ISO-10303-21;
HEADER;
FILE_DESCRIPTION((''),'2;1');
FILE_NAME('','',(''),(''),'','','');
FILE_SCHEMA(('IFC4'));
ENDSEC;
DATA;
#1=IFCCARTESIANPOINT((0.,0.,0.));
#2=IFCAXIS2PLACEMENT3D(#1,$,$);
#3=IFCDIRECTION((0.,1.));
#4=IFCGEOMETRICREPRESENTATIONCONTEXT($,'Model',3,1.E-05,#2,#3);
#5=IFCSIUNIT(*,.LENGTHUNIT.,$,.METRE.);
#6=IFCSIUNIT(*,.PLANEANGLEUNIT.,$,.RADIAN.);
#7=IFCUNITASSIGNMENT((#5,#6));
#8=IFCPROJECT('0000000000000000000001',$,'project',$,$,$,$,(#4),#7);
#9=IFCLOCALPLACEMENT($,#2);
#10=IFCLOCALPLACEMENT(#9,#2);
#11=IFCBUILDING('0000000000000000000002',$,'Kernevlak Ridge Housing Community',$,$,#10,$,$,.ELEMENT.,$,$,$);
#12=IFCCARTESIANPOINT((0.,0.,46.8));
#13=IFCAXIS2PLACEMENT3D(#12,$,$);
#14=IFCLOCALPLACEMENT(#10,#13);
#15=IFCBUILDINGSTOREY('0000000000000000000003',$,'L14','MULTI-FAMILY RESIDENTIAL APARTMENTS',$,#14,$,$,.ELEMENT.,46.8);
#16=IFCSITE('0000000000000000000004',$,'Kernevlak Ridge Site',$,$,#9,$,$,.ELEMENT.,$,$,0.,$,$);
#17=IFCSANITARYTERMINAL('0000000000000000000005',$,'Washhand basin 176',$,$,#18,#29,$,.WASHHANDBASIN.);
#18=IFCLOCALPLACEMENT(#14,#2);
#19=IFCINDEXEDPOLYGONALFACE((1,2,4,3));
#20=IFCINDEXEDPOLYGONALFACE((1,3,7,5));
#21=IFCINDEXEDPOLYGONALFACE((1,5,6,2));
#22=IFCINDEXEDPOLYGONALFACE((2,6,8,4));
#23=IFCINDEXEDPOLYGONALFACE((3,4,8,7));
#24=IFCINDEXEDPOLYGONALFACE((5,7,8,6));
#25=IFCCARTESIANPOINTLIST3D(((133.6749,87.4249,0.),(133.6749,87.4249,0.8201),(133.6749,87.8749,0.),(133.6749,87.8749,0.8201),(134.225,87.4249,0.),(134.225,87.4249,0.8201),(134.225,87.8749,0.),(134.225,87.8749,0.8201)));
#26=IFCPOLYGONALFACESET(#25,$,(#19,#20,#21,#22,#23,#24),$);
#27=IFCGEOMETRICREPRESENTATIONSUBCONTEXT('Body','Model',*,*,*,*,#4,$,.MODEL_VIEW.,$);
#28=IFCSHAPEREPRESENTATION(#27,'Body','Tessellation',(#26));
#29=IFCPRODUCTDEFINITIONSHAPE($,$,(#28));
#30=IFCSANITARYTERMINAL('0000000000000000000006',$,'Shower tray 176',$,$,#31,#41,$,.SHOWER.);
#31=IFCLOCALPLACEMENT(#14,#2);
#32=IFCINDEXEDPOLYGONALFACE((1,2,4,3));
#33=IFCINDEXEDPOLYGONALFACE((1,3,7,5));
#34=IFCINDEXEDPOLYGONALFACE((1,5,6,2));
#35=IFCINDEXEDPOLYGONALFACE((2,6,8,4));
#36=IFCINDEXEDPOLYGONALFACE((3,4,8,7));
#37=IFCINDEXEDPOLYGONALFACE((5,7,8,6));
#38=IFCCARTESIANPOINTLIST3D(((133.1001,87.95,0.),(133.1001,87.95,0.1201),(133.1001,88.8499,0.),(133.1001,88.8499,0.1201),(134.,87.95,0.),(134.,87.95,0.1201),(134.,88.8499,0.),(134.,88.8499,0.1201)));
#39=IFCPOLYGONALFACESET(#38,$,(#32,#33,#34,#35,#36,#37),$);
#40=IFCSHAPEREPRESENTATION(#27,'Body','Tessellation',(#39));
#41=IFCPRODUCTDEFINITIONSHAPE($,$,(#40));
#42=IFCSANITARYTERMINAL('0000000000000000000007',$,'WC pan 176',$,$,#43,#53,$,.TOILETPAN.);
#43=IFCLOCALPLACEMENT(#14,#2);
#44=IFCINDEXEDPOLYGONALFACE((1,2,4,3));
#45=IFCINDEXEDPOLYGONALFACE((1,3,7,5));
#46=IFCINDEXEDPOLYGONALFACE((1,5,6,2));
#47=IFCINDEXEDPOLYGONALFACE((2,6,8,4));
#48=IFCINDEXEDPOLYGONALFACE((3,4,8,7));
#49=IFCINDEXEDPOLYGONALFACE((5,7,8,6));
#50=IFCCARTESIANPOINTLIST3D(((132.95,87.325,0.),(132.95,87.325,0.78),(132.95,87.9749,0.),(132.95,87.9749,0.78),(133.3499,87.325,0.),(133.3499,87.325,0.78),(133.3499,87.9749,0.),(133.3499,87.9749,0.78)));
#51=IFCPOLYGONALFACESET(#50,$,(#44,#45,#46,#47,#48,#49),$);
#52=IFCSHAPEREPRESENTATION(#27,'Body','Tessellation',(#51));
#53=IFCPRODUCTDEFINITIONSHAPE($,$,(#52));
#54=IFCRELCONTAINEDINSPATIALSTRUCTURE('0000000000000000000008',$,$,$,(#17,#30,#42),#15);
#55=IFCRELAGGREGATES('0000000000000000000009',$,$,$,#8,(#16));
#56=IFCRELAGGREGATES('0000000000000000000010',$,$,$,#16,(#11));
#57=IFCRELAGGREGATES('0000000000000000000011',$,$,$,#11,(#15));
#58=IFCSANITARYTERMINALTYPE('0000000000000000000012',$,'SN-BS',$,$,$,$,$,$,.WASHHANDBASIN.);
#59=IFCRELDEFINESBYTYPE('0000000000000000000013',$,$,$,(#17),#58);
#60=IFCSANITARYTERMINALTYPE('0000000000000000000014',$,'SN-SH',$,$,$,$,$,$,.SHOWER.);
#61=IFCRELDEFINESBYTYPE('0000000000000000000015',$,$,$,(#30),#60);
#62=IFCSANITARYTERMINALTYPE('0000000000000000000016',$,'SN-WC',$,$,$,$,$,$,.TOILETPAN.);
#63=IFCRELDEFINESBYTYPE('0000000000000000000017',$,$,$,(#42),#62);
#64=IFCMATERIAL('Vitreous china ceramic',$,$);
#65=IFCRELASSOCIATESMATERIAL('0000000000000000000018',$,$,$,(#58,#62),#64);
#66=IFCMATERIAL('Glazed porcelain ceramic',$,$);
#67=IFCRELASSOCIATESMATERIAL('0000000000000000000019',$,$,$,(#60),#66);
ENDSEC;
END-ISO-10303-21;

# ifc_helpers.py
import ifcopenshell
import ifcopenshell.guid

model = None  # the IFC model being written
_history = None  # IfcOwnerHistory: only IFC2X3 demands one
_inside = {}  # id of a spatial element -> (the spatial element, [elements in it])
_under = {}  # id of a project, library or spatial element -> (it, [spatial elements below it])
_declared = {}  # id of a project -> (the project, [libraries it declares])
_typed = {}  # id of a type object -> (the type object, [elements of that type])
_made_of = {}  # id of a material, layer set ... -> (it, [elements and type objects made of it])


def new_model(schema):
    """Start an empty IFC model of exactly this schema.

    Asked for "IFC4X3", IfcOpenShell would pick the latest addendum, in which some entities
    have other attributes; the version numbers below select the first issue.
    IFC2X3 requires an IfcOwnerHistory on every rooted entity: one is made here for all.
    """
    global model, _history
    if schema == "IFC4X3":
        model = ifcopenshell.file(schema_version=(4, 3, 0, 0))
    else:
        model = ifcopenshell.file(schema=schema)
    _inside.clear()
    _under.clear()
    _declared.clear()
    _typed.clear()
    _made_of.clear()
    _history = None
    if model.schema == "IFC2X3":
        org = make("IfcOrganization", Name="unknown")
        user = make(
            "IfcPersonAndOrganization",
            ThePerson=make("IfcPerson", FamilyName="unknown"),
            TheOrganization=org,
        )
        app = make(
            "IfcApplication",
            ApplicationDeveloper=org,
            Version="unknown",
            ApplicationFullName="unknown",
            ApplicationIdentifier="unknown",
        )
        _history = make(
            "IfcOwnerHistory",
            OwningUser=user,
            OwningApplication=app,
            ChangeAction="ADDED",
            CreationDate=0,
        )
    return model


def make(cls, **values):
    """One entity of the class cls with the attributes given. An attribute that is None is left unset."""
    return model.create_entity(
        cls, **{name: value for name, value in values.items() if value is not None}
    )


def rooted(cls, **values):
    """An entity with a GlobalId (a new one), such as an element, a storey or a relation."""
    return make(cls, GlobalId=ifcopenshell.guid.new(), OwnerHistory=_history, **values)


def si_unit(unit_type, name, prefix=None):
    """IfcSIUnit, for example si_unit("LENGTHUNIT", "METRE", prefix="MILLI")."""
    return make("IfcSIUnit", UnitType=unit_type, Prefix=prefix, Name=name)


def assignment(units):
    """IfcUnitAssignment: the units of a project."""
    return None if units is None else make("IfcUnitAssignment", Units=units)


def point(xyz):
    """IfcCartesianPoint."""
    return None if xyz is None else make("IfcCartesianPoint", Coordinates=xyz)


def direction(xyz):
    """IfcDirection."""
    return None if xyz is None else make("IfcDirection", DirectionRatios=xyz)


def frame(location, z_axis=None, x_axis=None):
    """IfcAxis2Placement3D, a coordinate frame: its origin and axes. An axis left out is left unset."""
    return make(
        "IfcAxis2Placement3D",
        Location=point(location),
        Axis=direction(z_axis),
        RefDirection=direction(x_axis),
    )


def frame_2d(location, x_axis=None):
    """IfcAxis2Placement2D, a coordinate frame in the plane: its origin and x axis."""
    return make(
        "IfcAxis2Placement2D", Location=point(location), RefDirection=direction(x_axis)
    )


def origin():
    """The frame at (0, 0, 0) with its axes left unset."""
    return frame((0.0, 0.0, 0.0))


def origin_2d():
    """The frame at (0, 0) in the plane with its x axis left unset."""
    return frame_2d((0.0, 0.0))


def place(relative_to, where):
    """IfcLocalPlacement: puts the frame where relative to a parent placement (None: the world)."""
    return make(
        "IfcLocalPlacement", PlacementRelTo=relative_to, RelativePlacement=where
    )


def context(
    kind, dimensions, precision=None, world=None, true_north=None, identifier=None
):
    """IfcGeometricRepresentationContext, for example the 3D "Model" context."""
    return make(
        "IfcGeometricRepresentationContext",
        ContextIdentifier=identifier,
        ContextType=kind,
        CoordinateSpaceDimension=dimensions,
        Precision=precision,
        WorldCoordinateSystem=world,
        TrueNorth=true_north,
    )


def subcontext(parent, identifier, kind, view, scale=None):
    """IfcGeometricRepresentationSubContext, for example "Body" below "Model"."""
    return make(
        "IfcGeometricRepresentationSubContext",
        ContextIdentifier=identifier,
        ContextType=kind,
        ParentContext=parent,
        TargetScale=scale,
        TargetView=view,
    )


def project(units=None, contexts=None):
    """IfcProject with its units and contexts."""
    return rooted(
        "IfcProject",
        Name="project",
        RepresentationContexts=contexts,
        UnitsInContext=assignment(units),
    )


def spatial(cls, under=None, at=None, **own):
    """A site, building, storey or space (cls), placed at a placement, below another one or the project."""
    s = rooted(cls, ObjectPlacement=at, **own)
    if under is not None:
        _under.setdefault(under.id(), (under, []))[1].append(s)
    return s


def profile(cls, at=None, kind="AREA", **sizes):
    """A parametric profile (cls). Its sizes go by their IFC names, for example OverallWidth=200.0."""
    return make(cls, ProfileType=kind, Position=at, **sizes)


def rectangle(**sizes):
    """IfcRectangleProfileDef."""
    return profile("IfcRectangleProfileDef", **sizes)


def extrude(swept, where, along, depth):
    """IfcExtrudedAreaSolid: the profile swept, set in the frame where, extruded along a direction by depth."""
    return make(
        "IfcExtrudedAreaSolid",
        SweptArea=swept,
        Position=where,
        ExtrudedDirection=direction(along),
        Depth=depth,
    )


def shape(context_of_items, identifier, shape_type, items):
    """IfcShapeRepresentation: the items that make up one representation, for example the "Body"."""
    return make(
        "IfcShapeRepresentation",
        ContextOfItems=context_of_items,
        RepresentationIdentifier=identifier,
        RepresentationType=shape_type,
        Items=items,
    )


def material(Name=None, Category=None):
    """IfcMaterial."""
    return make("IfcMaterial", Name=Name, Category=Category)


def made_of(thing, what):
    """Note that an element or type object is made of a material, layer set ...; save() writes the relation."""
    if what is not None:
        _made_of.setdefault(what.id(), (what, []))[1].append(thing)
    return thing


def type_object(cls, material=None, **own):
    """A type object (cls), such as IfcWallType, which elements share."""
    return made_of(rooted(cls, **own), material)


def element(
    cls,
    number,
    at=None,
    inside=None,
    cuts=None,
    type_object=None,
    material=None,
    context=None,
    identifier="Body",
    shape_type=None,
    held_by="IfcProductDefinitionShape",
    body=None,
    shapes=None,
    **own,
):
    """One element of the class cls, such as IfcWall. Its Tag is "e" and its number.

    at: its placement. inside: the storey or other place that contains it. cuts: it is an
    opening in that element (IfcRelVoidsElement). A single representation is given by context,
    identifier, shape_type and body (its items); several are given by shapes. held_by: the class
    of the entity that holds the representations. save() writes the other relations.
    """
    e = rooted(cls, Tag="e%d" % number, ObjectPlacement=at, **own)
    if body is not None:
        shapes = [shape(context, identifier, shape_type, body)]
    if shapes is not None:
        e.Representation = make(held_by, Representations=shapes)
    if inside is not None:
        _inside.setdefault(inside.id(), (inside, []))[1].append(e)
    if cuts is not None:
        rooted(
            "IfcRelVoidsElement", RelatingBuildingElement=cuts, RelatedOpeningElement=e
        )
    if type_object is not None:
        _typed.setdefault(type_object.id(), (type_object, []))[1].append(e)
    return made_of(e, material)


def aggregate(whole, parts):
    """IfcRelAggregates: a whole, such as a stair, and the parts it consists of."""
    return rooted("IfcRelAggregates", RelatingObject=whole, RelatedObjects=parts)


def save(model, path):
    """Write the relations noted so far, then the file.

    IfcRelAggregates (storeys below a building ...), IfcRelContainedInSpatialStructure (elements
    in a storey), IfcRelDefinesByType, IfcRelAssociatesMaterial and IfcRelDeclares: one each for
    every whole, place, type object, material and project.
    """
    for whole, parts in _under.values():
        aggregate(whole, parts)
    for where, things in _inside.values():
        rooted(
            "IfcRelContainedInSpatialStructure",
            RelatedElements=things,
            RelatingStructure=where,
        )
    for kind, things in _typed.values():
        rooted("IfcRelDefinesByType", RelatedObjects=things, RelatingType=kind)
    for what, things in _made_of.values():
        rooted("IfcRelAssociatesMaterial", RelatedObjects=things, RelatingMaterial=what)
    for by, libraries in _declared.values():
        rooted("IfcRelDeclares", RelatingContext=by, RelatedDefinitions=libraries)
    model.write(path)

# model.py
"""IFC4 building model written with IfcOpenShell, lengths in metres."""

from ifc_helpers import new_model, si_unit, direction, frame, origin, origin_2d, place, context, subcontext, project, spatial, rectangle, extrude, material, type_object, element, save


model = new_model("IFC4")

# Units and contexts
model_context = context("Model", 3, precision=1e-05, world=origin(), true_north=direction((0.0, 1.0)))
body_context = subcontext(model_context, "Body", "Model", "MODEL_VIEW")
ifc_project = project(units=[si_unit("LENGTHUNIT", "METRE"), si_unit("PLANEANGLEUNIT", "RADIAN")], contexts=[model_context])

# Site, building, storey
site_placement = place(None, origin())
site = spatial("IfcSite", under=ifc_project, at=site_placement, Name="Kernevlak Ridge Site", CompositionType="ELEMENT", RefElevation=0.0)
building_placement = place(site_placement, origin())
building = spatial("IfcBuilding", under=site, at=building_placement, Name="Kernevlak Ridge Housing Community", CompositionType="ELEMENT")
storey_placement = place(building_placement, frame((0.0, 0.0, 46.8)))
storey = spatial("IfcBuildingStorey", under=building, at=storey_placement, Name="L14", Description="MULTI-FAMILY RESIDENTIAL APARTMENTS", CompositionType="ELEMENT", Elevation=46.8)

# Sanitary terminals
ifc_material_1 = material(Name="Vitreous china ceramic")
sanitary_terminal_type_1 = type_object("IfcSanitaryTerminalType", Name="SN-BS", PredefinedType="WASHHANDBASIN", material=ifc_material_1)
sanitary_terminal_1_placement = place(storey_placement, frame((133.95, 87.6499, 0.0), z_axis=(0.0, 0.0, 1.0), x_axis=(1.0, 0.0, 0.0)))
element("IfcSanitaryTerminal", 1, at=sanitary_terminal_1_placement, inside=storey, type_object=sanitary_terminal_type_1, Name="Washhand basin 176", PredefinedType="WASHHANDBASIN", context=body_context, shape_type="SweptSolid", body=[
    extrude(rectangle(XDim=0.55, YDim=0.45, at=origin_2d()), origin(), (0.0, 0.0, 1.0), 0.8201),
])
ifc_material_2 = material(Name="Glazed porcelain ceramic")
sanitary_terminal_type_2 = type_object("IfcSanitaryTerminalType", Name="SN-SH", PredefinedType="SHOWER", material=ifc_material_2)
sanitary_terminal_2_placement = place(storey_placement, frame((133.55, 88.3999, 0.0), z_axis=(0.0, 0.0, 1.0), x_axis=(1.0, 0.0, 0.0)))
element("IfcSanitaryTerminal", 2, at=sanitary_terminal_2_placement, inside=storey, type_object=sanitary_terminal_type_2, Name="Shower tray 176", PredefinedType="SHOWER", context=body_context, shape_type="SweptSolid", body=[
    extrude(rectangle(XDim=0.8999, YDim=0.8999, at=origin_2d()), origin(), (0.0, 0.0, 1.0), 0.1201),
])
sanitary_terminal_type_3 = type_object("IfcSanitaryTerminalType", Name="SN-WC", PredefinedType="TOILETPAN", material=ifc_material_1)
sanitary_terminal_3_placement = place(storey_placement, frame((133.1499, 87.6499, 0.0), z_axis=(0.0, 0.0, 1.0), x_axis=(1.0, 0.0, 0.0)))
element("IfcSanitaryTerminal", 3, at=sanitary_terminal_3_placement, inside=storey, type_object=sanitary_terminal_type_3, Name="WC pan 176", PredefinedType="TOILETPAN", context=body_context, shape_type="SweptSolid", body=[
    extrude(rectangle(XDim=0.3999, YDim=0.6499, at=origin_2d()), origin(), (0.0, 0.0, 1.0), 0.78),
])

save(model, "model.ifc")
